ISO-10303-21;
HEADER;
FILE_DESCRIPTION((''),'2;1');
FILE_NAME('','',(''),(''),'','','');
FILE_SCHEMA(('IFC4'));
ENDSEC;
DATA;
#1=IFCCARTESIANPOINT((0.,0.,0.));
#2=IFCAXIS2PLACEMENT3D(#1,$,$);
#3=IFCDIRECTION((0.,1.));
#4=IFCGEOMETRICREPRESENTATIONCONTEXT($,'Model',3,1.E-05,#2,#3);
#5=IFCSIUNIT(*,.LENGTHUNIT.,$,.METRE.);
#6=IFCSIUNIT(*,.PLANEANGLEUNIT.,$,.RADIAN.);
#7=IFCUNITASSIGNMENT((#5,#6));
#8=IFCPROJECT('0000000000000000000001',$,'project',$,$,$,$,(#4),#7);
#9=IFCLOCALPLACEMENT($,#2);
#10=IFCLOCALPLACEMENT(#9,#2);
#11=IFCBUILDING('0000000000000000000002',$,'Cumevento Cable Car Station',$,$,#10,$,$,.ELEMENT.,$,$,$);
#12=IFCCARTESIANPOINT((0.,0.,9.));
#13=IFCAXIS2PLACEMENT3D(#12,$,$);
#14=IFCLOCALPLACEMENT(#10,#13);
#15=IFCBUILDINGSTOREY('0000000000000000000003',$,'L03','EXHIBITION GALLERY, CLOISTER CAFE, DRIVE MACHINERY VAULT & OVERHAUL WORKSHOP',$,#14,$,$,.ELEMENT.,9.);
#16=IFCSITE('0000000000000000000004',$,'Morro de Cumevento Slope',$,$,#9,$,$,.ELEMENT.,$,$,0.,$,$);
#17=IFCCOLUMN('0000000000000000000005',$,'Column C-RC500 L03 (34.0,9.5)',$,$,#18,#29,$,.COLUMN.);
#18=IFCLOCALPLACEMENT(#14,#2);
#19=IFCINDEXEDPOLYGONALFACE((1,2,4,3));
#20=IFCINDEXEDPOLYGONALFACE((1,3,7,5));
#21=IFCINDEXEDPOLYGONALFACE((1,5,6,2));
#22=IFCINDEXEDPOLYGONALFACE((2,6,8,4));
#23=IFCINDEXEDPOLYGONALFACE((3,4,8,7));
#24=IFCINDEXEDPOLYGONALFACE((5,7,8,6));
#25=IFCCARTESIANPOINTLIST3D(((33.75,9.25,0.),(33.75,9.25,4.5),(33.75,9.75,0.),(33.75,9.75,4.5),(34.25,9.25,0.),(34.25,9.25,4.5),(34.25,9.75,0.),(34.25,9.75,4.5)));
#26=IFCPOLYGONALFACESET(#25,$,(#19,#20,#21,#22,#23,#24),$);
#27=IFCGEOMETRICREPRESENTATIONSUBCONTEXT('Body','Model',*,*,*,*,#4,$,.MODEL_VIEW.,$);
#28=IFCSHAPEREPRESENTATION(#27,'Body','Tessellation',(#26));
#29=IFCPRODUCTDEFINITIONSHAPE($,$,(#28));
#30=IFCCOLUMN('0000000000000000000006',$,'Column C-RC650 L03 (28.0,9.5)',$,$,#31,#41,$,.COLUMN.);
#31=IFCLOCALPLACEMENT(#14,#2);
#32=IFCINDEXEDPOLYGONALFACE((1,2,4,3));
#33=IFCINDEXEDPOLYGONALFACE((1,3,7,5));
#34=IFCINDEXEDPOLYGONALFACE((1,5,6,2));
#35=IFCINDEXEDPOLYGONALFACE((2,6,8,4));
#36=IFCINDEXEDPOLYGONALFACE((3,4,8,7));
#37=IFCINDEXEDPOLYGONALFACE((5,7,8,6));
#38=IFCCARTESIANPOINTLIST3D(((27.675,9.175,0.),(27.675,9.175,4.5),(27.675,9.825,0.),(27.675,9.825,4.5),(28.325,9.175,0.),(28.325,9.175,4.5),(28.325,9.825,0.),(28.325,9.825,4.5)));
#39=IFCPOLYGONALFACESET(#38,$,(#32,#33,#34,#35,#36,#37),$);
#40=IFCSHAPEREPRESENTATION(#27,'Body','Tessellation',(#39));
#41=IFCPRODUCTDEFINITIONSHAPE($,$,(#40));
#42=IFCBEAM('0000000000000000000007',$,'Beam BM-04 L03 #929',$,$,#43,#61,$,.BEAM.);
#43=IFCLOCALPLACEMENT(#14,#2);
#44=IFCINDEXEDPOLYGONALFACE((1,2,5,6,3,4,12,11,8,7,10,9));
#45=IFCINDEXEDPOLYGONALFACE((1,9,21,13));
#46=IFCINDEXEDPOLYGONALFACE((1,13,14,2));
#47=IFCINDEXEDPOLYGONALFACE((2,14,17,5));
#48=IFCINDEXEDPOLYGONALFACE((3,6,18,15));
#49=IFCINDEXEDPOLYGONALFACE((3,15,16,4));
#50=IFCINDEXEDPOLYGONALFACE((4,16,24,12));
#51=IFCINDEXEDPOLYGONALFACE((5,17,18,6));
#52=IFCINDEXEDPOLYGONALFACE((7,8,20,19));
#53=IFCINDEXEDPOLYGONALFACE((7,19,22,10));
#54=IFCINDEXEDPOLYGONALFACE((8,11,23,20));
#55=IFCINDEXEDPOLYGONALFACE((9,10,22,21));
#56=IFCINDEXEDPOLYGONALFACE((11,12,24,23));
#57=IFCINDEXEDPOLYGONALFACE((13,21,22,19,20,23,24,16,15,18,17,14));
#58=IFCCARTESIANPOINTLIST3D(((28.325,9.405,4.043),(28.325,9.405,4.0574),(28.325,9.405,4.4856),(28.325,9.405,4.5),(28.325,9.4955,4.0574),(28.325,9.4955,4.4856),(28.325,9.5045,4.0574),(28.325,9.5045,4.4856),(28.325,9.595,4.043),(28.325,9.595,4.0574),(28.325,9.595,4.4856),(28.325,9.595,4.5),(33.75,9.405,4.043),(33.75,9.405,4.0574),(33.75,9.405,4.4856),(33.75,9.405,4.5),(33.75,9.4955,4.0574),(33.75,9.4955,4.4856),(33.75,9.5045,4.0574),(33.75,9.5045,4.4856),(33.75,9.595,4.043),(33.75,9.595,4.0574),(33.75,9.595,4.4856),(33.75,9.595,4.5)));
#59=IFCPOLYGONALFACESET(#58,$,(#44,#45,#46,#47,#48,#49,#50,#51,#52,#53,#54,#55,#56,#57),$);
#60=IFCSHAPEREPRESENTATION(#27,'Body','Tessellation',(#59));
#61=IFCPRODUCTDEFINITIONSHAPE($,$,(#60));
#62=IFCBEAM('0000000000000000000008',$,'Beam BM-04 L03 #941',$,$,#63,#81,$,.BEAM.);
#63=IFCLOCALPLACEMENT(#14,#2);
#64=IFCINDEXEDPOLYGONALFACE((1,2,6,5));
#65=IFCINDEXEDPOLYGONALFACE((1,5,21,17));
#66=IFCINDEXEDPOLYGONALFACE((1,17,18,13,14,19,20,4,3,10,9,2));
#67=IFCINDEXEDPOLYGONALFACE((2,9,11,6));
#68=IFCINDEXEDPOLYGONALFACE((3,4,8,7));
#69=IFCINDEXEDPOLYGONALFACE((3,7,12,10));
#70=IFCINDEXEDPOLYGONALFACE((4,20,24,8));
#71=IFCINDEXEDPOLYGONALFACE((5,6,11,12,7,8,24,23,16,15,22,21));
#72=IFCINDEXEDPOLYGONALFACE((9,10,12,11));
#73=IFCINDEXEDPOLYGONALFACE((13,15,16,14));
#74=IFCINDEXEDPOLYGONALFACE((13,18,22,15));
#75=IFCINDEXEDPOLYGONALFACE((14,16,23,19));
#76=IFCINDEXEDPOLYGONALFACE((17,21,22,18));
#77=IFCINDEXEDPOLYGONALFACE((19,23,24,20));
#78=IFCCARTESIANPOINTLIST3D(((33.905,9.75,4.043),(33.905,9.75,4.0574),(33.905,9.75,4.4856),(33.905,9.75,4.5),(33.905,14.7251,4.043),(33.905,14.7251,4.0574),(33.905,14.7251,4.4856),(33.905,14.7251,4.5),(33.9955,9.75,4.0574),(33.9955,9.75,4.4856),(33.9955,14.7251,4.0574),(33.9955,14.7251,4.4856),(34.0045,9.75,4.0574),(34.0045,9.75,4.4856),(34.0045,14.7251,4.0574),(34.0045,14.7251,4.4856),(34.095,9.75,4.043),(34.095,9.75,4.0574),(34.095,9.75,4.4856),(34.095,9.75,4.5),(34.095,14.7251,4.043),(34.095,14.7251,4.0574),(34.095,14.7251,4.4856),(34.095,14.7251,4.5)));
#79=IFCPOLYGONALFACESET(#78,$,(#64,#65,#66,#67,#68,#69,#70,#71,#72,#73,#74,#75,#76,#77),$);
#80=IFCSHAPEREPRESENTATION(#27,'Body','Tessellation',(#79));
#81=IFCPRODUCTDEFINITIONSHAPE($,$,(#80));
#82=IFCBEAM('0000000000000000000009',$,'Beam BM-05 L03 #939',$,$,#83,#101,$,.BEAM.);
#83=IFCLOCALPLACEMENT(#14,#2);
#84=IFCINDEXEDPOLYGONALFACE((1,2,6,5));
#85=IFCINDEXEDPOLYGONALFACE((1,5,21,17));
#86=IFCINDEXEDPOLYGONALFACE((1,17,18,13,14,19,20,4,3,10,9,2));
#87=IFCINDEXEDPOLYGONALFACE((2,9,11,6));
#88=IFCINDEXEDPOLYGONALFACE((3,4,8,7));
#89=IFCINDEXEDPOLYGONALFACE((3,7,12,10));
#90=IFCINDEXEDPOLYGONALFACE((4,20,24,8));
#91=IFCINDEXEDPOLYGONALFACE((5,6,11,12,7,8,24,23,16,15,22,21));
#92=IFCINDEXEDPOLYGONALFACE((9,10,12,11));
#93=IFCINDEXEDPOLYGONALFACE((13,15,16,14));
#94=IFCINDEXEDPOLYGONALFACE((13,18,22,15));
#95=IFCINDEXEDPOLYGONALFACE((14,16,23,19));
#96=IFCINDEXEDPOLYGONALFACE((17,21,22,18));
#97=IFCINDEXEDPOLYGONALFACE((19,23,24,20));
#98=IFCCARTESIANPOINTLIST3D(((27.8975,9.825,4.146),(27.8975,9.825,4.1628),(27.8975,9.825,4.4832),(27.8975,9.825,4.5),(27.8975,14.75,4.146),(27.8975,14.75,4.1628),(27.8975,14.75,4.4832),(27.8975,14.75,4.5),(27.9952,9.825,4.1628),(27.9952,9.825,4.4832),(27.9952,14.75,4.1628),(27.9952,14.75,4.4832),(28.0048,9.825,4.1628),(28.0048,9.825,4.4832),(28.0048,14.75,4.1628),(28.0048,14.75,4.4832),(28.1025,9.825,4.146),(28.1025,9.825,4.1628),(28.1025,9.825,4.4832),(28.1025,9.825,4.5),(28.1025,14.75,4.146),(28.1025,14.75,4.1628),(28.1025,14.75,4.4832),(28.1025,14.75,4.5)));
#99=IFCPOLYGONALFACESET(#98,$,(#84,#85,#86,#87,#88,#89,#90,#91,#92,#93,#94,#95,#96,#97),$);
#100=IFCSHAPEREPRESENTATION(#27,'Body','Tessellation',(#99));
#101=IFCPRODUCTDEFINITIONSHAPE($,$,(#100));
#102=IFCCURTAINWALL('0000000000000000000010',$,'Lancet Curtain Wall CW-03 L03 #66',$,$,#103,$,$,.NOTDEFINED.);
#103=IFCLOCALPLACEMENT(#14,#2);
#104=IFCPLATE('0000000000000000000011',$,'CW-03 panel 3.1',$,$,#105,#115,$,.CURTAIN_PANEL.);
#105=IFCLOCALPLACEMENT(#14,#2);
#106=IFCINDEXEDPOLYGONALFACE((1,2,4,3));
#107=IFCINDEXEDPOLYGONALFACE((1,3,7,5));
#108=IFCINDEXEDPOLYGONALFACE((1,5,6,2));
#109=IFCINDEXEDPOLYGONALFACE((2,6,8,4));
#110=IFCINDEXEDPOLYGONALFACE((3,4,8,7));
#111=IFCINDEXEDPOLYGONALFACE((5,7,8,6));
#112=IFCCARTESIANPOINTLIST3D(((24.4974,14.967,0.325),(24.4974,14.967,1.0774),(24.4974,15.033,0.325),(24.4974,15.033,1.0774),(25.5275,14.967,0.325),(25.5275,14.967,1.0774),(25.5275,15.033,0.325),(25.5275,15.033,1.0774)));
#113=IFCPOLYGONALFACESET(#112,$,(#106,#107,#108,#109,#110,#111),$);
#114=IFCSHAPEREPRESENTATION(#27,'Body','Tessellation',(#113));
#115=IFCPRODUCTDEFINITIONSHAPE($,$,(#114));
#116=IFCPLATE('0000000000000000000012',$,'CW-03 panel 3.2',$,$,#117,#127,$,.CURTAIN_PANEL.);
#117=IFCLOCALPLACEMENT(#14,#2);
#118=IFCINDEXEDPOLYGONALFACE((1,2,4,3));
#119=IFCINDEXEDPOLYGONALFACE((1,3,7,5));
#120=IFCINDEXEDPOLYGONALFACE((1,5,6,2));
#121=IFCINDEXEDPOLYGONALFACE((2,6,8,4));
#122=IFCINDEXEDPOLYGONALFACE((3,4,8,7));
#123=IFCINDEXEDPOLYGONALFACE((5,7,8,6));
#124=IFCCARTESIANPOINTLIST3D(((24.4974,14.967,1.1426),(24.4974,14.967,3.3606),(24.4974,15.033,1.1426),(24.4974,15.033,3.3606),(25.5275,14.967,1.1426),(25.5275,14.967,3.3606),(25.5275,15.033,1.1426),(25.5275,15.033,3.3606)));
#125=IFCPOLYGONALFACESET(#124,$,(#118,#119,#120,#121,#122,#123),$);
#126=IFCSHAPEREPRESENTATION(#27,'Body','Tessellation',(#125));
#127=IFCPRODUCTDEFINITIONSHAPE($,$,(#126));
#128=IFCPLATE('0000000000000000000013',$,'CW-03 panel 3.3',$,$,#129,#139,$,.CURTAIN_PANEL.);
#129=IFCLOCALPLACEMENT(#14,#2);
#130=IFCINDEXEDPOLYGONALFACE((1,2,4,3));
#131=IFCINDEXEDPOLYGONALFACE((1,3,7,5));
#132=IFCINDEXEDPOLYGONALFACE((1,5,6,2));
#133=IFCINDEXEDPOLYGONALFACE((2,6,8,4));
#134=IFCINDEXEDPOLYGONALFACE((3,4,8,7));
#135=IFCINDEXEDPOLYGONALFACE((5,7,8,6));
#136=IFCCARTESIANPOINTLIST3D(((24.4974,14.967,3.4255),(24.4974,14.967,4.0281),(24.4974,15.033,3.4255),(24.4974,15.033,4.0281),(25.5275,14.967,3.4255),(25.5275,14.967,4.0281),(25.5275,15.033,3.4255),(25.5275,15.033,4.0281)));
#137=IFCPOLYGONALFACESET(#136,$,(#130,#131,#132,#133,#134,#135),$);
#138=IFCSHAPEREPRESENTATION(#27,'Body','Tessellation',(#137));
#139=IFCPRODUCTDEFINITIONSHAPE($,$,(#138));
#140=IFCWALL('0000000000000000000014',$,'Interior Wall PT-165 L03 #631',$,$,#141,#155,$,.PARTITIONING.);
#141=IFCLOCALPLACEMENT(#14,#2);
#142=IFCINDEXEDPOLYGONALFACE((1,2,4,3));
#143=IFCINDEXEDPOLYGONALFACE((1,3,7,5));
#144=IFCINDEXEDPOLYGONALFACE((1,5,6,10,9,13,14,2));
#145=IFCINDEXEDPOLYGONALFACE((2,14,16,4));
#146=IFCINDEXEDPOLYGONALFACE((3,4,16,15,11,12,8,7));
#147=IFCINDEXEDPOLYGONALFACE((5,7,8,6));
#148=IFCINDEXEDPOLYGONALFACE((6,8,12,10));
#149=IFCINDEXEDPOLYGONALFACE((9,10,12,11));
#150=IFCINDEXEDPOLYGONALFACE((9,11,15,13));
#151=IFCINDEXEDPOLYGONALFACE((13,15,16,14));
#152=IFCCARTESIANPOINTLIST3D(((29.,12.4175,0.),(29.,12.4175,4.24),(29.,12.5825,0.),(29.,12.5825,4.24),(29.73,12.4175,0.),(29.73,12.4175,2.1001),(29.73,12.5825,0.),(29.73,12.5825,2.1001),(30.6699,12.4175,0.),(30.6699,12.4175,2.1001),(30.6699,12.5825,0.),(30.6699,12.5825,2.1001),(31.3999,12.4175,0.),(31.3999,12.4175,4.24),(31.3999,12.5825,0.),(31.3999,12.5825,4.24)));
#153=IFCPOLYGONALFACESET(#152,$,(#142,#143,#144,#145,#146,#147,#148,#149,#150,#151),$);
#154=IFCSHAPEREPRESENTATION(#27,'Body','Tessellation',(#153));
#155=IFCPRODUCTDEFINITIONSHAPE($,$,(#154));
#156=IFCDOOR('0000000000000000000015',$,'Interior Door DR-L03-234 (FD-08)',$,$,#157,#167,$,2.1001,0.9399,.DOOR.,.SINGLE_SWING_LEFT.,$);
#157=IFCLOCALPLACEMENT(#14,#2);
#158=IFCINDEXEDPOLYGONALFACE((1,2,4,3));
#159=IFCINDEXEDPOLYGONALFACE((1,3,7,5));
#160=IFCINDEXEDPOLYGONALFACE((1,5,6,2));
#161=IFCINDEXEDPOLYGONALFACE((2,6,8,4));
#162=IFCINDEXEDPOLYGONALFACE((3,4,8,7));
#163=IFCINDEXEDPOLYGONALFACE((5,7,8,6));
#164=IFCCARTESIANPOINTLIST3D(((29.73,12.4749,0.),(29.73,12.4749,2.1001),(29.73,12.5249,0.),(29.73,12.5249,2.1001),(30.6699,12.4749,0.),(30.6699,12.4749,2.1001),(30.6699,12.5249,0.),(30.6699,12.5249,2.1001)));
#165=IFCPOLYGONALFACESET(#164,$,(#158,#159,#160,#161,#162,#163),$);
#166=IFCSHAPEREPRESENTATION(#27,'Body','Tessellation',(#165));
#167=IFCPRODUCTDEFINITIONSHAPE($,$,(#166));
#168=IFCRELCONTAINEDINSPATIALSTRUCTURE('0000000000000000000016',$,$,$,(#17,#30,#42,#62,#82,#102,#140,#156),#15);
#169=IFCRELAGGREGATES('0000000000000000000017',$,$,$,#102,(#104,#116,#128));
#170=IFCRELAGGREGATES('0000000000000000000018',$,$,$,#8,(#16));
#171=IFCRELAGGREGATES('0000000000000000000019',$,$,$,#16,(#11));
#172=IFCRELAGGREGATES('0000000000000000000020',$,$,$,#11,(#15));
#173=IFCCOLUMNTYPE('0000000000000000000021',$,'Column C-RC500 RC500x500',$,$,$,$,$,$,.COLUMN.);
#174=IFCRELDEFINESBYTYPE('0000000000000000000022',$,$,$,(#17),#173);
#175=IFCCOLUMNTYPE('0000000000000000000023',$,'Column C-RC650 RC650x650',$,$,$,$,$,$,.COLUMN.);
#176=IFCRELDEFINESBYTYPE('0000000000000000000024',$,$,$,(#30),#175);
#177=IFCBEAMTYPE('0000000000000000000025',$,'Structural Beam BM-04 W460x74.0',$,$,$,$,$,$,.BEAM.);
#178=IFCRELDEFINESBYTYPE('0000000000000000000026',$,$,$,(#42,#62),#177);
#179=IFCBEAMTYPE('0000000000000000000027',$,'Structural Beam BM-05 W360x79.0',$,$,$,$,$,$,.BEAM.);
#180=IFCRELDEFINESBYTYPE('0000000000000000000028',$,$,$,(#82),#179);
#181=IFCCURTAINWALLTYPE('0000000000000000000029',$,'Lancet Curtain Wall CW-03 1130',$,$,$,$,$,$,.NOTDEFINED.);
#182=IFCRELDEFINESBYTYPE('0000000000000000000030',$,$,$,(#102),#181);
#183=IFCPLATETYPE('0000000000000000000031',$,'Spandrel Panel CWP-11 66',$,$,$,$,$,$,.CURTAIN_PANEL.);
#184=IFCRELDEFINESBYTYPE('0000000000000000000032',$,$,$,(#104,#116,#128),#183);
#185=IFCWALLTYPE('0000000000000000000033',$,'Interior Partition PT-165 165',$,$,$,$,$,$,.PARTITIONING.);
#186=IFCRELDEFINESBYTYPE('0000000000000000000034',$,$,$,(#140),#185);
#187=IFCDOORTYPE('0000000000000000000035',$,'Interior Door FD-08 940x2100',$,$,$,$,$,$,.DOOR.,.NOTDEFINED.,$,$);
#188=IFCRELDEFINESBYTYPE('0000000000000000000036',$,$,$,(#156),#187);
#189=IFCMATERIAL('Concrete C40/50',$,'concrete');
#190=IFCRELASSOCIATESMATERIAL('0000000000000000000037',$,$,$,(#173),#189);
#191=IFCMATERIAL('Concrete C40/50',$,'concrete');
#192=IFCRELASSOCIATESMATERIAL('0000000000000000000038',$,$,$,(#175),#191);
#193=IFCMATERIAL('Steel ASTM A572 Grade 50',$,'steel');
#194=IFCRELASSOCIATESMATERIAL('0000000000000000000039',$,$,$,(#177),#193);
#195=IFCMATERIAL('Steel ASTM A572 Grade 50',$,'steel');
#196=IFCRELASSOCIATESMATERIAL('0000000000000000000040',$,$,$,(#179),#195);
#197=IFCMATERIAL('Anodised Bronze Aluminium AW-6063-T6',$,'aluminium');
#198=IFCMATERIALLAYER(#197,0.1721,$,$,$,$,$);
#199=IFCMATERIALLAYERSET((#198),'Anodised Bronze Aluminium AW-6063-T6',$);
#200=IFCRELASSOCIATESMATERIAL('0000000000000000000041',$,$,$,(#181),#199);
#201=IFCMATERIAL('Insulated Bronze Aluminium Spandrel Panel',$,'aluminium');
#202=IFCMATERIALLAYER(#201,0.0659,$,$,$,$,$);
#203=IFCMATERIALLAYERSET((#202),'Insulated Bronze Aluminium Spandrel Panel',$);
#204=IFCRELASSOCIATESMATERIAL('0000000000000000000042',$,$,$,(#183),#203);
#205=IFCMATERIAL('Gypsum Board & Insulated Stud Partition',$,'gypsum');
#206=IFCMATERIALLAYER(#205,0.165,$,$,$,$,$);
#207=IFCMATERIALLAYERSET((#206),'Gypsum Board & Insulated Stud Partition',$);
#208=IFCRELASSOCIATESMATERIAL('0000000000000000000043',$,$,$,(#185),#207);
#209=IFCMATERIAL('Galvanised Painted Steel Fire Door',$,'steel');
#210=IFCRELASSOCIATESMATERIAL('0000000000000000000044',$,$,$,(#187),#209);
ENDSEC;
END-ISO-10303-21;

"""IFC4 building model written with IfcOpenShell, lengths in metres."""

from ifc_helpers import new_model, si_unit, direction, frame, frame_2d, origin, origin_2d, place, context, subcontext, project, spatial, rectangle, i_section, extrude, material, layer, layer_set, material_profile, profile_set, type_object, element, fill, aggregate, save


model = new_model("IFC4")

# Units and contexts
model_context = context("Model", 3, precision=1e-05, world=origin(), true_north=direction((0.0, 1.0)))
body_context = subcontext(model_context, "Body", "Model", "MODEL_VIEW")
ifc_project = project(units=[si_unit("LENGTHUNIT", "METRE"), si_unit("PLANEANGLEUNIT", "RADIAN")], contexts=[model_context])

# Site, building, storey
site_placement = place(None, origin())
site = spatial("IfcSite", under=ifc_project, at=site_placement, Name="Morro de Cumevento Slope", CompositionType="ELEMENT", RefElevation=0.0)
building_placement = place(site_placement, origin())
building = spatial("IfcBuilding", under=site, at=building_placement, Name="Cumevento Cable Car Station", CompositionType="ELEMENT")
storey_placement = place(building_placement, frame((0.0, 0.0, 9.0)))
storey = spatial("IfcBuildingStorey", under=building, at=storey_placement, Name="L03", Description="EXHIBITION GALLERY, CLOISTER CAFE, DRIVE MACHINERY VAULT & OVERHAUL WORKSHOP", CompositionType="ELEMENT", Elevation=9.0)

# Columns
ifc_material_1 = material(Name="Concrete C40/50", Category="concrete")
ifc_material_profile_1 = material_profile(ifc_material_1, rectangle(XDim=0.5, YDim=0.5, at=origin_2d()), Name="RC500x500")
ifc_profile_set_1 = profile_set([ifc_material_profile_1], Name="Concrete C40/50")
column_type_1 = type_object("IfcColumnType", Name="Column C-RC500 RC500x500", PredefinedType="COLUMN", material=ifc_profile_set_1)
column_1_placement = place(storey_placement, frame((34.0, 9.5, 0.0), z_axis=(0.0, 0.0, 1.0), x_axis=(1.0, 0.0, 0.0)))
element("IfcColumn", 1, at=column_1_placement, inside=storey, type_object=column_type_1, Name="Column C-RC500 L03 (34.0,9.5)", PredefinedType="COLUMN", context=body_context, shape_type="SweptSolid", body=[
    extrude(rectangle(XDim=0.5, YDim=0.5, at=origin_2d()), origin(), (0.0, 0.0, 1.0), 4.5),
])
ifc_material_2 = material(Name="Concrete C40/50", Category="concrete")
ifc_material_profile_2 = material_profile(ifc_material_2, rectangle(XDim=0.6499, YDim=0.6499, at=origin_2d()), Name="RC650x650")
ifc_profile_set_2 = profile_set([ifc_material_profile_2], Name="Concrete C40/50")
column_type_2 = type_object("IfcColumnType", Name="Column C-RC650 RC650x650", PredefinedType="COLUMN", material=ifc_profile_set_2)
column_2_placement = place(storey_placement, frame((28.0, 9.5, 0.0), z_axis=(0.0, 0.0, 1.0), x_axis=(1.0, 0.0, 0.0)))
element("IfcColumn", 2, at=column_2_placement, inside=storey, type_object=column_type_2, Name="Column C-RC650 L03 (28.0,9.5)", PredefinedType="COLUMN", context=body_context, shape_type="SweptSolid", body=[
    extrude(rectangle(XDim=0.6499, YDim=0.6499, at=origin_2d()), origin(), (0.0, 0.0, 1.0), 4.5),
])

# Beams
ifc_material_3 = material(Name="Steel ASTM A572 Grade 50", Category="steel")
ifc_material_profile_3 = material_profile(ifc_material_3, i_section(OverallWidth=0.1899, OverallDepth=0.457, WebThickness=0.009, FlangeThickness=0.0144, at=origin_2d()), Name="W460x74.0")
ifc_profile_set_3 = profile_set([ifc_material_profile_3], Name="Steel ASTM A572 Grade 50")
beam_type_1 = type_object("IfcBeamType", Name="Structural Beam BM-04 W460x74.0", PredefinedType="BEAM", material=ifc_profile_set_3)
beam_1_placement = place(storey_placement, frame((28.325, 9.5, 4.2715), z_axis=(1.0, 0.0, 0.0), x_axis=(0.0, 1.0, 0.0)))
element("IfcBeam", 3, at=beam_1_placement, inside=storey, type_object=beam_type_1, Name="Beam BM-04 L03 #929", PredefinedType="BEAM", context=body_context, shape_type="SweptSolid", body=[
    extrude(i_section(OverallWidth=0.1899, OverallDepth=0.457, WebThickness=0.009, FlangeThickness=0.0144, at=origin_2d()), origin(), (0.0, 0.0, 1.0), 5.425),
])
beam_2_placement = place(storey_placement, frame((34.0, 9.75, 4.2715), z_axis=(0.0, 1.0, 0.0), x_axis=(-1.0, 0.0, 0.0)))
element("IfcBeam", 4, at=beam_2_placement, inside=storey, type_object=beam_type_1, Name="Beam BM-04 L03 #941", PredefinedType="BEAM", context=body_context, shape_type="SweptSolid", body=[
    extrude(i_section(OverallWidth=0.1899, OverallDepth=0.457, WebThickness=0.009, FlangeThickness=0.0144, at=origin_2d()), origin(), (0.0, 0.0, 1.0), 4.9751),
])
ifc_material_4 = material(Name="Steel ASTM A572 Grade 50", Category="steel")
ifc_material_profile_4 = material_profile(ifc_material_4, i_section(OverallWidth=0.2051, OverallDepth=0.354, WebThickness=0.0095, FlangeThickness=0.0168, at=origin_2d()), Name="W360x79.0")
ifc_profile_set_4 = profile_set([ifc_material_profile_4], Name="Steel ASTM A572 Grade 50")
beam_type_2 = type_object("IfcBeamType", Name="Structural Beam BM-05 W360x79.0", PredefinedType="BEAM", material=ifc_profile_set_4)
beam_3_placement = place(storey_placement, frame((28.0, 9.825, 4.323), z_axis=(0.0, 1.0, 0.0), x_axis=(-1.0, 0.0, 0.0)))
element("IfcBeam", 5, at=beam_3_placement, inside=storey, type_object=beam_type_2, Name="Beam BM-05 L03 #939", PredefinedType="BEAM", context=body_context, shape_type="SweptSolid", body=[
    extrude(i_section(OverallWidth=0.2051, OverallDepth=0.354, WebThickness=0.0095, FlangeThickness=0.0168, at=origin_2d()), origin(), (0.0, 0.0, 1.0), 4.925),
])

# Curtain wall, plates
ifc_material_5 = material(Name="Anodised Bronze Aluminium AW-6063-T6", Category="aluminium")
ifc_layer_1 = layer(ifc_material_5, 0.1721)
ifc_layer_set_1 = layer_set([ifc_layer_1], Name="Anodised Bronze Aluminium AW-6063-T6")
curtain_wall_type = type_object("IfcCurtainWallType", Name="Lancet Curtain Wall CW-03 1130", PredefinedType="NOTDEFINED", material=ifc_layer_set_1)
curtain_wall_placement = place(storey_placement, origin())
curtain_wall = element("IfcCurtainWall", 6, at=curtain_wall_placement, inside=storey, type_object=curtain_wall_type, Name="Lancet Curtain Wall CW-03 L03 #66", PredefinedType="NOTDEFINED")
ifc_material_6 = material(Name="Insulated Bronze Aluminium Spandrel Panel", Category="aluminium")
ifc_layer_2 = layer(ifc_material_6, 0.0659)
ifc_layer_set_2 = layer_set([ifc_layer_2], Name="Insulated Bronze Aluminium Spandrel Panel")
plate_type = type_object("IfcPlateType", Name="Spandrel Panel CWP-11 66", PredefinedType="CURTAIN_PANEL", material=ifc_layer_set_2)
plate_1_placement = place(storey_placement, frame((25.0125, 15.0, 0.325), z_axis=(0.0, 0.0, 1.0), x_axis=(1.0, 0.0, 0.0)))
plate_1 = element("IfcPlate", 7, at=plate_1_placement, type_object=plate_type, Name="CW-03 panel 3.1", PredefinedType="CURTAIN_PANEL", context=body_context, shape_type="SweptSolid", body=[
    extrude(rectangle(XDim=1.03, YDim=0.0659, at=origin_2d()), origin(), (0.0, 0.0, 1.0), 0.7524),
])
plate_2_placement = place(storey_placement, frame((25.0125, 15.0, 1.1426), z_axis=(0.0, 0.0, 1.0), x_axis=(1.0, 0.0, 0.0)))
plate_2 = element("IfcPlate", 8, at=plate_2_placement, type_object=plate_type, Name="CW-03 panel 3.2", PredefinedType="CURTAIN_PANEL", context=body_context, shape_type="SweptSolid", body=[
    extrude(rectangle(XDim=1.03, YDim=0.0659, at=origin_2d()), origin(), (0.0, 0.0, 1.0), 2.218),
])
plate_3_placement = place(storey_placement, frame((25.0125, 15.0, 3.4255), z_axis=(0.0, 0.0, 1.0), x_axis=(1.0, 0.0, 0.0)))
plate_3 = element("IfcPlate", 9, at=plate_3_placement, type_object=plate_type, Name="CW-03 panel 3.3", PredefinedType="CURTAIN_PANEL", context=body_context, shape_type="SweptSolid", body=[
    extrude(rectangle(XDim=1.03, YDim=0.0659, at=origin_2d()), origin(), (0.0, 0.0, 1.0), 0.6025),
])
aggregate(curtain_wall, [plate_1, plate_2, plate_3])

# Wall, opening, door
ifc_material_7 = material(Name="Gypsum Board & Insulated Stud Partition", Category="gypsum")
ifc_layer_3 = layer(ifc_material_7, 0.165)
ifc_layer_set_3 = layer_set([ifc_layer_3], Name="Gypsum Board & Insulated Stud Partition")
wall_type_1 = type_object("IfcWallType", Name="Interior Partition PT-165 165", PredefinedType="PARTITIONING", material=ifc_layer_set_3)
wall_1_placement = place(storey_placement, frame((29.0, 12.5, 0.0), z_axis=(0.0, 0.0, 1.0), x_axis=(1.0, 0.0, 0.0)))
wall_1 = element("IfcWall", 10, at=wall_1_placement, inside=storey, type_object=wall_type_1, Name="Interior Wall PT-165 L03 #631", PredefinedType="PARTITIONING", context=body_context, shape_type="SweptSolid", body=[
    extrude(rectangle(XDim=2.3999, YDim=0.165, at=frame_2d((1.2, 0.0))), origin(), (0.0, 0.0, 1.0), 4.24),
])
opening_1_placement = place(wall_1_placement, frame((0.73, 0.0, 0.0)))
opening_1 = element("IfcOpeningElement", 11, at=opening_1_placement, cuts=wall_1, PredefinedType="OPENING", context=body_context, shape_type="SweptSolid", body=[
    extrude(rectangle(XDim=0.9399, YDim=2.1001, at=frame_2d((0.47, 1.05))), frame((0.0, 0.0925, 0.0), z_axis=(0.0, -1.0, 0.0), x_axis=(1.0, 0.0, 0.0)), (0.0, 0.0, 1.0), 0.1851),
])
ifc_material_8 = material(Name="Galvanised Painted Steel Fire Door", Category="steel")
door_type_1 = type_object("IfcDoorType", Name="Interior Door FD-08 940x2100", OperationType="NOTDEFINED", PredefinedType="DOOR", material=ifc_material_8)
door_1_placement = place(opening_1_placement, origin())
door_1 = element("IfcDoor", 12, at=door_1_placement, inside=storey, type_object=door_type_1, Name="Interior Door DR-L03-234 (FD-08)", OperationType="SINGLE_SWING_LEFT", OverallHeight=2.1001, OverallWidth=0.9399, PredefinedType="DOOR", context=body_context, shape_type="SweptSolid", body=[
    extrude(rectangle(XDim=0.9399, YDim=2.1001, at=frame_2d((0.47, 1.05))), frame((0.0, 0.0249, 0.0), z_axis=(0.0, -1.0, 0.0), x_axis=(1.0, 0.0, 0.0)), (0.0, 0.0, 1.0), 0.05),
])
fill(opening_1, door_1)

save(model, "model.ifc")
